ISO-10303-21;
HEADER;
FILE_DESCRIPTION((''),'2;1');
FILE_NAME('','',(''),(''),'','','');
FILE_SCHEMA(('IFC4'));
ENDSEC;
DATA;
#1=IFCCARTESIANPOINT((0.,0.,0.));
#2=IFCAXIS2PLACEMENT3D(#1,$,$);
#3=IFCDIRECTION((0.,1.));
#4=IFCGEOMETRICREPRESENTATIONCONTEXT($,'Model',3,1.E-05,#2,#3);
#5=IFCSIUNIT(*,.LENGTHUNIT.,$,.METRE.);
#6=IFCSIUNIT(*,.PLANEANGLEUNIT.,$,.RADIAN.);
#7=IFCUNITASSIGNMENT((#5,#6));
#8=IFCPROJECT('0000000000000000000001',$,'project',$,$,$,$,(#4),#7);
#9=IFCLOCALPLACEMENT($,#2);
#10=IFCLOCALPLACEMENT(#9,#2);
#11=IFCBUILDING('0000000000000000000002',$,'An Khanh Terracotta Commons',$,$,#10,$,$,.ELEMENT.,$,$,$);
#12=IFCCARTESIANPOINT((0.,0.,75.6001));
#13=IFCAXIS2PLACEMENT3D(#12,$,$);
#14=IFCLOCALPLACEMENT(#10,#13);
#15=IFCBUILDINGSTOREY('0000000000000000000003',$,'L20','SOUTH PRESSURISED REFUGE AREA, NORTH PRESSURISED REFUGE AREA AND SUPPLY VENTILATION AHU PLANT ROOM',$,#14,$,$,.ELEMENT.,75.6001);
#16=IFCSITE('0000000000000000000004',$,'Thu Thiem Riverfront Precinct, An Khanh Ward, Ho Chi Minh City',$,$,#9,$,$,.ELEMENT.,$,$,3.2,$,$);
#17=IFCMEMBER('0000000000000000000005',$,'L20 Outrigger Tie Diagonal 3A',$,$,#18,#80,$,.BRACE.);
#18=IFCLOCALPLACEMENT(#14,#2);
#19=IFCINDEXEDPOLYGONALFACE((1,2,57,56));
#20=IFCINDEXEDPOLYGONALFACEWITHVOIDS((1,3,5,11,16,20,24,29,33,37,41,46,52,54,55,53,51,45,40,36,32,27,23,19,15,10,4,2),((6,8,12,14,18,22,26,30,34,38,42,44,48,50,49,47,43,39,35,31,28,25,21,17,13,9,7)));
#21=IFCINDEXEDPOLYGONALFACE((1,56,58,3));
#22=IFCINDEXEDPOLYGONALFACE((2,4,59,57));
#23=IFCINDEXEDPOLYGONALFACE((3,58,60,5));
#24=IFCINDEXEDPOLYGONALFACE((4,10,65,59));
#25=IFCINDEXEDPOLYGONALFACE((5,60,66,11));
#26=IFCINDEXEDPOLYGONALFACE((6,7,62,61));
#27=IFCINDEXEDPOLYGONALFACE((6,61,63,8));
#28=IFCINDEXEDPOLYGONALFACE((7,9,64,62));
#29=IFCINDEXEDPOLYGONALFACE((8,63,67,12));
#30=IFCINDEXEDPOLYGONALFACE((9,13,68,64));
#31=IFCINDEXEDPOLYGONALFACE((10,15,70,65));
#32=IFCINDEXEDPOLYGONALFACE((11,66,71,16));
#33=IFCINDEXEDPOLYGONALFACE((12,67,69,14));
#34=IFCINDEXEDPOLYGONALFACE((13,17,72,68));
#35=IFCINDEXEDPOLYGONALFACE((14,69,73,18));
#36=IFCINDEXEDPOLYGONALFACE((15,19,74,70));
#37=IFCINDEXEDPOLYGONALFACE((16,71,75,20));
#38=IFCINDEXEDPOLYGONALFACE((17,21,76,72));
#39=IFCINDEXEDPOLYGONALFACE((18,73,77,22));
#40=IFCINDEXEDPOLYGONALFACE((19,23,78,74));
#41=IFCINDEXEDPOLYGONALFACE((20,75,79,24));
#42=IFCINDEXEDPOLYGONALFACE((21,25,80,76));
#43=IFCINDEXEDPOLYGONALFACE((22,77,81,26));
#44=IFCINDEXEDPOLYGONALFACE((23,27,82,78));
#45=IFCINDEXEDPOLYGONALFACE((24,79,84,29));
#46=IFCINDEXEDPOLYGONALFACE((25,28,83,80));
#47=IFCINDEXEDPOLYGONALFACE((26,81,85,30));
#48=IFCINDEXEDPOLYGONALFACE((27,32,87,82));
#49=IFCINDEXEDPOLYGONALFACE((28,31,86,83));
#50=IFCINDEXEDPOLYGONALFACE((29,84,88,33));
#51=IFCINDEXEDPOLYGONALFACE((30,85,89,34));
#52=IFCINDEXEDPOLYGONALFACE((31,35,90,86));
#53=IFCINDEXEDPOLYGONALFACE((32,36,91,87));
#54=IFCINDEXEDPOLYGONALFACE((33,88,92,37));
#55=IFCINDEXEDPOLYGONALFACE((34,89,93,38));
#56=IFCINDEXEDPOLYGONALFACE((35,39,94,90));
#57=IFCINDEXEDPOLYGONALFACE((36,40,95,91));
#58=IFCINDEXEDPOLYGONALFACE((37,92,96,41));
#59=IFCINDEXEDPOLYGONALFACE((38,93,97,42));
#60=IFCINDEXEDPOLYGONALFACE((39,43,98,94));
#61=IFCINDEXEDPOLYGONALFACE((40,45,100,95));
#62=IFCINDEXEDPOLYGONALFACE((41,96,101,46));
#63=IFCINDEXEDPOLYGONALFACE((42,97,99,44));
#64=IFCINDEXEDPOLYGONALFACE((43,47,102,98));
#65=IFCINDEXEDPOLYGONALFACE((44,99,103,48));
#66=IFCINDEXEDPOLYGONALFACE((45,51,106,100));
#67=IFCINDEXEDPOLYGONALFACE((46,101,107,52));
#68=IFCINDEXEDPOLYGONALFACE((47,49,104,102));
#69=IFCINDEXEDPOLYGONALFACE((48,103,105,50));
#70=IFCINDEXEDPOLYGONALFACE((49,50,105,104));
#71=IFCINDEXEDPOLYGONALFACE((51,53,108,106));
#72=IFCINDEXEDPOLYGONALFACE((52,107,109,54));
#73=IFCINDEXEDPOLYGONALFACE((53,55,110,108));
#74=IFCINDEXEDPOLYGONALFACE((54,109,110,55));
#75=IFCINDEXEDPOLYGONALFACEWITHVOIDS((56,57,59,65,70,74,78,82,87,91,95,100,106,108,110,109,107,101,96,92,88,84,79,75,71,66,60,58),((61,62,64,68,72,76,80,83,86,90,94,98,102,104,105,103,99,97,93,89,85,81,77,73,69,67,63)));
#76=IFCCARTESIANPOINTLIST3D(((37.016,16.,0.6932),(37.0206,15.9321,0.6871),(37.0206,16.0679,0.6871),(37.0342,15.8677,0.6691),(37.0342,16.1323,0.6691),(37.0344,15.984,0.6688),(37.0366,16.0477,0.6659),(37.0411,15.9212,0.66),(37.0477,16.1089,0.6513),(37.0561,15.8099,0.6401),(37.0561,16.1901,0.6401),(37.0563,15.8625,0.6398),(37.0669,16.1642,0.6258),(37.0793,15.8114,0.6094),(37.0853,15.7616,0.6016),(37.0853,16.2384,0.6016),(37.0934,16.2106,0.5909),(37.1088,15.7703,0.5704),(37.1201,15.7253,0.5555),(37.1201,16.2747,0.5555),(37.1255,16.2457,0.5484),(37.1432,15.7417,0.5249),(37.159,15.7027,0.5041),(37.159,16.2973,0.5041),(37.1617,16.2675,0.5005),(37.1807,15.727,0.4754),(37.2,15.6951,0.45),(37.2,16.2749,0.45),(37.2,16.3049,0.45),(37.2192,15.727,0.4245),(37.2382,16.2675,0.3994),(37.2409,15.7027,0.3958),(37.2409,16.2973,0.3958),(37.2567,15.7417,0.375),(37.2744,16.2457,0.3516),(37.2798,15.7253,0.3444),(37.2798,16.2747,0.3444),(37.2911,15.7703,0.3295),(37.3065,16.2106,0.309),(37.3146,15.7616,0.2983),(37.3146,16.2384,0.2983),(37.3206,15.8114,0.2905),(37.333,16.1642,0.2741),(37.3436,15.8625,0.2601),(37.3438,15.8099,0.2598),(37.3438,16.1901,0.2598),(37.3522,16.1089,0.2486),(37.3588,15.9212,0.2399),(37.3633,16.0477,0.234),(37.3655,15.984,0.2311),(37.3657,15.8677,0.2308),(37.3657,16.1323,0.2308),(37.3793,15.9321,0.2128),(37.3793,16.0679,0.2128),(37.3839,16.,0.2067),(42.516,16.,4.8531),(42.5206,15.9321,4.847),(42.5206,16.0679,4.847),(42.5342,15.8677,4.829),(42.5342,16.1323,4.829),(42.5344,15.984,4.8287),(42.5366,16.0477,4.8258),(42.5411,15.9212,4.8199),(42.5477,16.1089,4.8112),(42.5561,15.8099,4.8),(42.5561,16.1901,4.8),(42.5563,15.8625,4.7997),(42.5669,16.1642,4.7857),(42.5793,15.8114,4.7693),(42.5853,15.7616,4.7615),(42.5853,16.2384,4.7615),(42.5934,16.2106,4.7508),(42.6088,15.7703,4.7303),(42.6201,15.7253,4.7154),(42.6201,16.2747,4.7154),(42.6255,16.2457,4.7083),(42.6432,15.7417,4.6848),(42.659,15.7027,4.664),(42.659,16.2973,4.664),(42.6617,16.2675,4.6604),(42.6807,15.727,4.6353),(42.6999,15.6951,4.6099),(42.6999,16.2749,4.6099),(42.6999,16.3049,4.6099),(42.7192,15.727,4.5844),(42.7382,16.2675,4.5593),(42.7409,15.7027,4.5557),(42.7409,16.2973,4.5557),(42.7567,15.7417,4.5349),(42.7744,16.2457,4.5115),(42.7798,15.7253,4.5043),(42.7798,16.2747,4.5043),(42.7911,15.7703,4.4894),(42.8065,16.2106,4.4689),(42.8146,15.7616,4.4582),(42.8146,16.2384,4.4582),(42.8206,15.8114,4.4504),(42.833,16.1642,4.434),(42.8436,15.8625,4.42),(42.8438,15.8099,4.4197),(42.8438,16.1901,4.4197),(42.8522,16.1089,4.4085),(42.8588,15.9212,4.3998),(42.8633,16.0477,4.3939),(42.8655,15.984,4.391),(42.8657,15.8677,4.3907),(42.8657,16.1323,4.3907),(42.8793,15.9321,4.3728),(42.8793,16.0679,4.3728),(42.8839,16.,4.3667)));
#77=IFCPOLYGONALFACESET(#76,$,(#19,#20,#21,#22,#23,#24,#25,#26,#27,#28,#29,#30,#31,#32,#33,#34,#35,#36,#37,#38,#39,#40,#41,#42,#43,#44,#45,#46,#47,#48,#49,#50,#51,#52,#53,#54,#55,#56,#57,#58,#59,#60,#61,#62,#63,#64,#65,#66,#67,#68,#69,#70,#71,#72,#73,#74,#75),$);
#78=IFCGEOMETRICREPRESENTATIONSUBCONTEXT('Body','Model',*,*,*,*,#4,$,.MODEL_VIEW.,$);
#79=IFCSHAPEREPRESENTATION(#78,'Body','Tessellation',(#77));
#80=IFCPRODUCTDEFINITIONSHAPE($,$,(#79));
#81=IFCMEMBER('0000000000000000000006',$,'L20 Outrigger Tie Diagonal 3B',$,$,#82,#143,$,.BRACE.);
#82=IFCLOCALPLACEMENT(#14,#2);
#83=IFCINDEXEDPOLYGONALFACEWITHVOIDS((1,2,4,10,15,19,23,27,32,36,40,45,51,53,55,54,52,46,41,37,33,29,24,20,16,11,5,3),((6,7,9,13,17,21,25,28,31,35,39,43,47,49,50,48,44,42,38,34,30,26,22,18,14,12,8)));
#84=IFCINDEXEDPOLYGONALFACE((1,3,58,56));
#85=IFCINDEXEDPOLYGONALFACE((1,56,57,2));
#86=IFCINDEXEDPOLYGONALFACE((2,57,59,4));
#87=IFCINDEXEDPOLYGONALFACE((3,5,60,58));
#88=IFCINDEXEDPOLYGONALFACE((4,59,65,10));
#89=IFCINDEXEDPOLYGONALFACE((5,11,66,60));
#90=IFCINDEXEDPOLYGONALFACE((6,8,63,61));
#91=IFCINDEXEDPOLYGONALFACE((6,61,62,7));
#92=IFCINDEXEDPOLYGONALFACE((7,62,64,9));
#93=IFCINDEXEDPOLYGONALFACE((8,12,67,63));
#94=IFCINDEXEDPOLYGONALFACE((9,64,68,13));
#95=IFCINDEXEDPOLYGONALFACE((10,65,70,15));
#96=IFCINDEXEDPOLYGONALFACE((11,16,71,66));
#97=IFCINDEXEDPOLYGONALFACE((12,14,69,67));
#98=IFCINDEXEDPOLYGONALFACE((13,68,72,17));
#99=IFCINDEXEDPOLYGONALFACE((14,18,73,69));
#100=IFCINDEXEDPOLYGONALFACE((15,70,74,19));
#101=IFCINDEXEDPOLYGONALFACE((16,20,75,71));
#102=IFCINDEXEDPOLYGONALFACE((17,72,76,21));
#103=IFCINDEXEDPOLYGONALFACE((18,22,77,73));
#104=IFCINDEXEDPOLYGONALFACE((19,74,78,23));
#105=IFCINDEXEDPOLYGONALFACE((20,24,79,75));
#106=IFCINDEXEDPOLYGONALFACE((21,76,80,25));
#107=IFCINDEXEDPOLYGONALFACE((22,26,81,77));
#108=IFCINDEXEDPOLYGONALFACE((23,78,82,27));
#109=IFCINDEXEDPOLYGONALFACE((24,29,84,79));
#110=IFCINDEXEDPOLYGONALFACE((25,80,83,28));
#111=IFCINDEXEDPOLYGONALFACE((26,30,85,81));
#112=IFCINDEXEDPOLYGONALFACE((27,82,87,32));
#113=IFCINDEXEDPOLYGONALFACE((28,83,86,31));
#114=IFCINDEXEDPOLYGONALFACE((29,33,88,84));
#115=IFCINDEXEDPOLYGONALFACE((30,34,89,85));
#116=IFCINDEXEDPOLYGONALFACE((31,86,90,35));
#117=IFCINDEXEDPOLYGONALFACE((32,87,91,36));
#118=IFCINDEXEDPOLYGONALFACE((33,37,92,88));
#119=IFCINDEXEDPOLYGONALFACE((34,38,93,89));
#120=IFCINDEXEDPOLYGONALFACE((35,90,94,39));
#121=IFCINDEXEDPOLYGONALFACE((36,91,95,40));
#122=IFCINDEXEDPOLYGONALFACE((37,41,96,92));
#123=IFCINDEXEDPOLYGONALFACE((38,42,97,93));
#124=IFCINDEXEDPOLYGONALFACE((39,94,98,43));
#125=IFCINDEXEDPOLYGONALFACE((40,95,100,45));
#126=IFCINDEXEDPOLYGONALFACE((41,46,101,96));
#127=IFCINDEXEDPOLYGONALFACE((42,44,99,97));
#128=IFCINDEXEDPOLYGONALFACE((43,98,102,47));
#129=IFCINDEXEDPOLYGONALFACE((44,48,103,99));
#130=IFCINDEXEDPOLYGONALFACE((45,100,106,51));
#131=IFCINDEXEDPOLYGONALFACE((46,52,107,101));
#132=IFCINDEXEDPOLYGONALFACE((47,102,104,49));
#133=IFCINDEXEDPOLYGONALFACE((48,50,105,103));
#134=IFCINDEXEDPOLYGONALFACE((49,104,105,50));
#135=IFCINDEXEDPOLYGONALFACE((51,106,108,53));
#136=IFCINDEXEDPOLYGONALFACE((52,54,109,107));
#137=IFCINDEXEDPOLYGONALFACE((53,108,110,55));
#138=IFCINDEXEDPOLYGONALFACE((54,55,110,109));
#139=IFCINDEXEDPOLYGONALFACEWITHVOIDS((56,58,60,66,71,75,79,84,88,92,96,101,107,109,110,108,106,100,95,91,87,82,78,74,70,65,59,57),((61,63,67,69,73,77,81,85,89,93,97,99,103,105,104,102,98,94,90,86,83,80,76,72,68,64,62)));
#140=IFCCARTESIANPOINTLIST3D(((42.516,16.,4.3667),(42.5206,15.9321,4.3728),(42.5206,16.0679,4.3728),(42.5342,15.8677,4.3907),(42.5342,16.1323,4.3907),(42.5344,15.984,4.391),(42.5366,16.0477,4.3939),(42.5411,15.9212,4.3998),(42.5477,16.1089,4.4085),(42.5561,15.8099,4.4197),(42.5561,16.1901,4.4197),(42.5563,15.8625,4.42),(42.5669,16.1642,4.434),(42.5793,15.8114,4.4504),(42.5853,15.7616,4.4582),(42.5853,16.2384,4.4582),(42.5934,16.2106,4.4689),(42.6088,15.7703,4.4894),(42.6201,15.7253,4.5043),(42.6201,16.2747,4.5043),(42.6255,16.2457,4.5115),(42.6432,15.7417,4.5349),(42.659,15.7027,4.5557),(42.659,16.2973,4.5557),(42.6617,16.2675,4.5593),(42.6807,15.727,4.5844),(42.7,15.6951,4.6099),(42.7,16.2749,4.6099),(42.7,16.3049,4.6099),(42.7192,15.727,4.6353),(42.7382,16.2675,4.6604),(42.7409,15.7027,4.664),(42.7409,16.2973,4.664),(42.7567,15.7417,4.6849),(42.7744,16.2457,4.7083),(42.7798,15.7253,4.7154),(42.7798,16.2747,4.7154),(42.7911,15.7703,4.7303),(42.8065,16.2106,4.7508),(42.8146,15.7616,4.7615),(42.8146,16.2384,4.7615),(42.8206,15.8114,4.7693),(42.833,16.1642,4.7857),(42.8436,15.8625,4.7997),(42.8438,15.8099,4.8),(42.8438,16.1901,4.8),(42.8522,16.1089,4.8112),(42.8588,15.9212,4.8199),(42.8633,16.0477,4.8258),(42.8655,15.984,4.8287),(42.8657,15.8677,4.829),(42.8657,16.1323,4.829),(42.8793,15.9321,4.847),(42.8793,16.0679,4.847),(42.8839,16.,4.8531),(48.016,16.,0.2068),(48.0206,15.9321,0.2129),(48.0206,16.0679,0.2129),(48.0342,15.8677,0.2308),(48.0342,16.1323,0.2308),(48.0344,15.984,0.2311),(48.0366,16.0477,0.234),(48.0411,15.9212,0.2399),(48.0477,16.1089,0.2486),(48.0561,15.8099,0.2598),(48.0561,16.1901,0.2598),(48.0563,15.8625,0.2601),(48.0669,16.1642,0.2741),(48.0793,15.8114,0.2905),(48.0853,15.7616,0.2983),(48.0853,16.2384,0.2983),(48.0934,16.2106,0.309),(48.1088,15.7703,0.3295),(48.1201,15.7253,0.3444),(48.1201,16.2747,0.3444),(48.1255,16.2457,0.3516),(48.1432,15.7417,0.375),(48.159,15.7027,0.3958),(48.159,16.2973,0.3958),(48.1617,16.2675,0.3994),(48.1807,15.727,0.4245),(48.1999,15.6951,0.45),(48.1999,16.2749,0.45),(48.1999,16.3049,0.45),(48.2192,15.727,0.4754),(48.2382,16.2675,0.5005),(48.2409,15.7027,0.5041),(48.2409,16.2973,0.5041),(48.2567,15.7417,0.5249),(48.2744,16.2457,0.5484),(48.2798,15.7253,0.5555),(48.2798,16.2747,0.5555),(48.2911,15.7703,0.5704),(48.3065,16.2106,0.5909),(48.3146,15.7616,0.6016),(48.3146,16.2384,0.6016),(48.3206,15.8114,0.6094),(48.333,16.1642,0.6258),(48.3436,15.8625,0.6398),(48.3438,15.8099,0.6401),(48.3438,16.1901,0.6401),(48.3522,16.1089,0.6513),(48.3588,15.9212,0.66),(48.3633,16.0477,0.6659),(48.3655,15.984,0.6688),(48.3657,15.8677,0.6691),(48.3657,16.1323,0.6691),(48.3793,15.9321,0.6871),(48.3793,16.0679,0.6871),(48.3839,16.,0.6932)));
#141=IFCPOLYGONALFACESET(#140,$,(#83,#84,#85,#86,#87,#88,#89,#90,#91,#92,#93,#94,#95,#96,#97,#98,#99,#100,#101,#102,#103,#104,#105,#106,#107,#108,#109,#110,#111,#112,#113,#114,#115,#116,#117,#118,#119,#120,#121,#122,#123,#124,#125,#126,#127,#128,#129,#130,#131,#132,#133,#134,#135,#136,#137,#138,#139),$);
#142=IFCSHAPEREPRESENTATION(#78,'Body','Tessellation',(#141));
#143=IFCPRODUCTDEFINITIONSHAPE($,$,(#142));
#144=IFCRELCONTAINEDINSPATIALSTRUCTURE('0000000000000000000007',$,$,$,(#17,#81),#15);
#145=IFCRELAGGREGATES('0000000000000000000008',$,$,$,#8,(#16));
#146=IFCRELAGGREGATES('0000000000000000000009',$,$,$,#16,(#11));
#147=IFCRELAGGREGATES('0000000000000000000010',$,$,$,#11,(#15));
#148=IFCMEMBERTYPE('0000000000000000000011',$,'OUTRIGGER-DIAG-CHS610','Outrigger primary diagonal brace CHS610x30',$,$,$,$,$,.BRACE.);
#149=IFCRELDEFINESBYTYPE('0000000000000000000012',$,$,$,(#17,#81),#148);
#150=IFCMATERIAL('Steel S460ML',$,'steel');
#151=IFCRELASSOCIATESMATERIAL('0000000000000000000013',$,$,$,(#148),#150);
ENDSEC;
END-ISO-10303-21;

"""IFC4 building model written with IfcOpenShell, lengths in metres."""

from ifc_helpers import new_model, si_unit, direction, frame, origin, origin_2d, place, context, subcontext, project, spatial, hollow_circle, extrude, material, material_profile, profile_set, type_object, element, save


model = new_model("IFC4")

# Units and contexts
model_context = context("Model", 3, precision=1e-05, world=origin(), true_north=direction((0.0, 1.0)))
body_context = subcontext(model_context, "Body", "Model", "MODEL_VIEW")
ifc_project = project(units=[si_unit("LENGTHUNIT", "METRE"), si_unit("PLANEANGLEUNIT", "RADIAN")], contexts=[model_context])

# Site, building, storey
site_placement = place(None, origin())
site = spatial("IfcSite", under=ifc_project, at=site_placement, Name="Thu Thiem Riverfront Precinct, An Khanh Ward, Ho Chi Minh City", CompositionType="ELEMENT", RefElevation=3.2)
building_placement = place(site_placement, origin())
building = spatial("IfcBuilding", under=site, at=building_placement, Name="An Khanh Terracotta Commons", CompositionType="ELEMENT")
storey_placement = place(building_placement, frame((0.0, 0.0, 75.6001)))
storey = spatial("IfcBuildingStorey", under=building, at=storey_placement, Name="L20", Description="SOUTH PRESSURISED REFUGE AREA, NORTH PRESSURISED REFUGE AREA AND SUPPLY VENTILATION AHU PLANT ROOM", CompositionType="ELEMENT", Elevation=75.6001)

# Shared definitions
ifc_material_1 = material(Name="Steel S460ML", Category="steel")

# Members
ifc_material_profile_1 = material_profile(ifc_material_1, hollow_circle(Radius=0.3049, WallThickness=0.03, at=origin_2d()), Name="CHS610x30")
ifc_profile_set_1 = profile_set([ifc_material_profile_1], Name="Steel S460ML")
member_type_1 = type_object("IfcMemberType", Name="OUTRIGGER-DIAG-CHS610", Description="Outrigger primary diagonal brace CHS610x30", PredefinedType="BRACE", material=ifc_profile_set_1)
for number, where, z_axis, x_axis, name in (
    (1, (37.2, 16.0, 0.45), (0.797563, 0.0, 0.603235), (0.0, 1.0, 0.0), "L20 Outrigger Tie Diagonal 3A"),
    (2, (42.7, 16.0, 4.6099), (0.797563, 0.0, -0.603235), (0.0, 1.0, 0.0), "L20 Outrigger Tie Diagonal 3B"),
):
    element("IfcMember", number, at=place(storey_placement, frame(where, z_axis=z_axis, x_axis=x_axis)), inside=storey, type_object=member_type_1, Name=name, PredefinedType="BRACE", context=body_context, shape_type="SweptSolid", body=[
        extrude(hollow_circle(Radius=0.3049, WallThickness=0.03, at=origin_2d()), origin(), (0.0, 0.0, 1.0), 6.896),
    ])

save(model, "model.ifc")
